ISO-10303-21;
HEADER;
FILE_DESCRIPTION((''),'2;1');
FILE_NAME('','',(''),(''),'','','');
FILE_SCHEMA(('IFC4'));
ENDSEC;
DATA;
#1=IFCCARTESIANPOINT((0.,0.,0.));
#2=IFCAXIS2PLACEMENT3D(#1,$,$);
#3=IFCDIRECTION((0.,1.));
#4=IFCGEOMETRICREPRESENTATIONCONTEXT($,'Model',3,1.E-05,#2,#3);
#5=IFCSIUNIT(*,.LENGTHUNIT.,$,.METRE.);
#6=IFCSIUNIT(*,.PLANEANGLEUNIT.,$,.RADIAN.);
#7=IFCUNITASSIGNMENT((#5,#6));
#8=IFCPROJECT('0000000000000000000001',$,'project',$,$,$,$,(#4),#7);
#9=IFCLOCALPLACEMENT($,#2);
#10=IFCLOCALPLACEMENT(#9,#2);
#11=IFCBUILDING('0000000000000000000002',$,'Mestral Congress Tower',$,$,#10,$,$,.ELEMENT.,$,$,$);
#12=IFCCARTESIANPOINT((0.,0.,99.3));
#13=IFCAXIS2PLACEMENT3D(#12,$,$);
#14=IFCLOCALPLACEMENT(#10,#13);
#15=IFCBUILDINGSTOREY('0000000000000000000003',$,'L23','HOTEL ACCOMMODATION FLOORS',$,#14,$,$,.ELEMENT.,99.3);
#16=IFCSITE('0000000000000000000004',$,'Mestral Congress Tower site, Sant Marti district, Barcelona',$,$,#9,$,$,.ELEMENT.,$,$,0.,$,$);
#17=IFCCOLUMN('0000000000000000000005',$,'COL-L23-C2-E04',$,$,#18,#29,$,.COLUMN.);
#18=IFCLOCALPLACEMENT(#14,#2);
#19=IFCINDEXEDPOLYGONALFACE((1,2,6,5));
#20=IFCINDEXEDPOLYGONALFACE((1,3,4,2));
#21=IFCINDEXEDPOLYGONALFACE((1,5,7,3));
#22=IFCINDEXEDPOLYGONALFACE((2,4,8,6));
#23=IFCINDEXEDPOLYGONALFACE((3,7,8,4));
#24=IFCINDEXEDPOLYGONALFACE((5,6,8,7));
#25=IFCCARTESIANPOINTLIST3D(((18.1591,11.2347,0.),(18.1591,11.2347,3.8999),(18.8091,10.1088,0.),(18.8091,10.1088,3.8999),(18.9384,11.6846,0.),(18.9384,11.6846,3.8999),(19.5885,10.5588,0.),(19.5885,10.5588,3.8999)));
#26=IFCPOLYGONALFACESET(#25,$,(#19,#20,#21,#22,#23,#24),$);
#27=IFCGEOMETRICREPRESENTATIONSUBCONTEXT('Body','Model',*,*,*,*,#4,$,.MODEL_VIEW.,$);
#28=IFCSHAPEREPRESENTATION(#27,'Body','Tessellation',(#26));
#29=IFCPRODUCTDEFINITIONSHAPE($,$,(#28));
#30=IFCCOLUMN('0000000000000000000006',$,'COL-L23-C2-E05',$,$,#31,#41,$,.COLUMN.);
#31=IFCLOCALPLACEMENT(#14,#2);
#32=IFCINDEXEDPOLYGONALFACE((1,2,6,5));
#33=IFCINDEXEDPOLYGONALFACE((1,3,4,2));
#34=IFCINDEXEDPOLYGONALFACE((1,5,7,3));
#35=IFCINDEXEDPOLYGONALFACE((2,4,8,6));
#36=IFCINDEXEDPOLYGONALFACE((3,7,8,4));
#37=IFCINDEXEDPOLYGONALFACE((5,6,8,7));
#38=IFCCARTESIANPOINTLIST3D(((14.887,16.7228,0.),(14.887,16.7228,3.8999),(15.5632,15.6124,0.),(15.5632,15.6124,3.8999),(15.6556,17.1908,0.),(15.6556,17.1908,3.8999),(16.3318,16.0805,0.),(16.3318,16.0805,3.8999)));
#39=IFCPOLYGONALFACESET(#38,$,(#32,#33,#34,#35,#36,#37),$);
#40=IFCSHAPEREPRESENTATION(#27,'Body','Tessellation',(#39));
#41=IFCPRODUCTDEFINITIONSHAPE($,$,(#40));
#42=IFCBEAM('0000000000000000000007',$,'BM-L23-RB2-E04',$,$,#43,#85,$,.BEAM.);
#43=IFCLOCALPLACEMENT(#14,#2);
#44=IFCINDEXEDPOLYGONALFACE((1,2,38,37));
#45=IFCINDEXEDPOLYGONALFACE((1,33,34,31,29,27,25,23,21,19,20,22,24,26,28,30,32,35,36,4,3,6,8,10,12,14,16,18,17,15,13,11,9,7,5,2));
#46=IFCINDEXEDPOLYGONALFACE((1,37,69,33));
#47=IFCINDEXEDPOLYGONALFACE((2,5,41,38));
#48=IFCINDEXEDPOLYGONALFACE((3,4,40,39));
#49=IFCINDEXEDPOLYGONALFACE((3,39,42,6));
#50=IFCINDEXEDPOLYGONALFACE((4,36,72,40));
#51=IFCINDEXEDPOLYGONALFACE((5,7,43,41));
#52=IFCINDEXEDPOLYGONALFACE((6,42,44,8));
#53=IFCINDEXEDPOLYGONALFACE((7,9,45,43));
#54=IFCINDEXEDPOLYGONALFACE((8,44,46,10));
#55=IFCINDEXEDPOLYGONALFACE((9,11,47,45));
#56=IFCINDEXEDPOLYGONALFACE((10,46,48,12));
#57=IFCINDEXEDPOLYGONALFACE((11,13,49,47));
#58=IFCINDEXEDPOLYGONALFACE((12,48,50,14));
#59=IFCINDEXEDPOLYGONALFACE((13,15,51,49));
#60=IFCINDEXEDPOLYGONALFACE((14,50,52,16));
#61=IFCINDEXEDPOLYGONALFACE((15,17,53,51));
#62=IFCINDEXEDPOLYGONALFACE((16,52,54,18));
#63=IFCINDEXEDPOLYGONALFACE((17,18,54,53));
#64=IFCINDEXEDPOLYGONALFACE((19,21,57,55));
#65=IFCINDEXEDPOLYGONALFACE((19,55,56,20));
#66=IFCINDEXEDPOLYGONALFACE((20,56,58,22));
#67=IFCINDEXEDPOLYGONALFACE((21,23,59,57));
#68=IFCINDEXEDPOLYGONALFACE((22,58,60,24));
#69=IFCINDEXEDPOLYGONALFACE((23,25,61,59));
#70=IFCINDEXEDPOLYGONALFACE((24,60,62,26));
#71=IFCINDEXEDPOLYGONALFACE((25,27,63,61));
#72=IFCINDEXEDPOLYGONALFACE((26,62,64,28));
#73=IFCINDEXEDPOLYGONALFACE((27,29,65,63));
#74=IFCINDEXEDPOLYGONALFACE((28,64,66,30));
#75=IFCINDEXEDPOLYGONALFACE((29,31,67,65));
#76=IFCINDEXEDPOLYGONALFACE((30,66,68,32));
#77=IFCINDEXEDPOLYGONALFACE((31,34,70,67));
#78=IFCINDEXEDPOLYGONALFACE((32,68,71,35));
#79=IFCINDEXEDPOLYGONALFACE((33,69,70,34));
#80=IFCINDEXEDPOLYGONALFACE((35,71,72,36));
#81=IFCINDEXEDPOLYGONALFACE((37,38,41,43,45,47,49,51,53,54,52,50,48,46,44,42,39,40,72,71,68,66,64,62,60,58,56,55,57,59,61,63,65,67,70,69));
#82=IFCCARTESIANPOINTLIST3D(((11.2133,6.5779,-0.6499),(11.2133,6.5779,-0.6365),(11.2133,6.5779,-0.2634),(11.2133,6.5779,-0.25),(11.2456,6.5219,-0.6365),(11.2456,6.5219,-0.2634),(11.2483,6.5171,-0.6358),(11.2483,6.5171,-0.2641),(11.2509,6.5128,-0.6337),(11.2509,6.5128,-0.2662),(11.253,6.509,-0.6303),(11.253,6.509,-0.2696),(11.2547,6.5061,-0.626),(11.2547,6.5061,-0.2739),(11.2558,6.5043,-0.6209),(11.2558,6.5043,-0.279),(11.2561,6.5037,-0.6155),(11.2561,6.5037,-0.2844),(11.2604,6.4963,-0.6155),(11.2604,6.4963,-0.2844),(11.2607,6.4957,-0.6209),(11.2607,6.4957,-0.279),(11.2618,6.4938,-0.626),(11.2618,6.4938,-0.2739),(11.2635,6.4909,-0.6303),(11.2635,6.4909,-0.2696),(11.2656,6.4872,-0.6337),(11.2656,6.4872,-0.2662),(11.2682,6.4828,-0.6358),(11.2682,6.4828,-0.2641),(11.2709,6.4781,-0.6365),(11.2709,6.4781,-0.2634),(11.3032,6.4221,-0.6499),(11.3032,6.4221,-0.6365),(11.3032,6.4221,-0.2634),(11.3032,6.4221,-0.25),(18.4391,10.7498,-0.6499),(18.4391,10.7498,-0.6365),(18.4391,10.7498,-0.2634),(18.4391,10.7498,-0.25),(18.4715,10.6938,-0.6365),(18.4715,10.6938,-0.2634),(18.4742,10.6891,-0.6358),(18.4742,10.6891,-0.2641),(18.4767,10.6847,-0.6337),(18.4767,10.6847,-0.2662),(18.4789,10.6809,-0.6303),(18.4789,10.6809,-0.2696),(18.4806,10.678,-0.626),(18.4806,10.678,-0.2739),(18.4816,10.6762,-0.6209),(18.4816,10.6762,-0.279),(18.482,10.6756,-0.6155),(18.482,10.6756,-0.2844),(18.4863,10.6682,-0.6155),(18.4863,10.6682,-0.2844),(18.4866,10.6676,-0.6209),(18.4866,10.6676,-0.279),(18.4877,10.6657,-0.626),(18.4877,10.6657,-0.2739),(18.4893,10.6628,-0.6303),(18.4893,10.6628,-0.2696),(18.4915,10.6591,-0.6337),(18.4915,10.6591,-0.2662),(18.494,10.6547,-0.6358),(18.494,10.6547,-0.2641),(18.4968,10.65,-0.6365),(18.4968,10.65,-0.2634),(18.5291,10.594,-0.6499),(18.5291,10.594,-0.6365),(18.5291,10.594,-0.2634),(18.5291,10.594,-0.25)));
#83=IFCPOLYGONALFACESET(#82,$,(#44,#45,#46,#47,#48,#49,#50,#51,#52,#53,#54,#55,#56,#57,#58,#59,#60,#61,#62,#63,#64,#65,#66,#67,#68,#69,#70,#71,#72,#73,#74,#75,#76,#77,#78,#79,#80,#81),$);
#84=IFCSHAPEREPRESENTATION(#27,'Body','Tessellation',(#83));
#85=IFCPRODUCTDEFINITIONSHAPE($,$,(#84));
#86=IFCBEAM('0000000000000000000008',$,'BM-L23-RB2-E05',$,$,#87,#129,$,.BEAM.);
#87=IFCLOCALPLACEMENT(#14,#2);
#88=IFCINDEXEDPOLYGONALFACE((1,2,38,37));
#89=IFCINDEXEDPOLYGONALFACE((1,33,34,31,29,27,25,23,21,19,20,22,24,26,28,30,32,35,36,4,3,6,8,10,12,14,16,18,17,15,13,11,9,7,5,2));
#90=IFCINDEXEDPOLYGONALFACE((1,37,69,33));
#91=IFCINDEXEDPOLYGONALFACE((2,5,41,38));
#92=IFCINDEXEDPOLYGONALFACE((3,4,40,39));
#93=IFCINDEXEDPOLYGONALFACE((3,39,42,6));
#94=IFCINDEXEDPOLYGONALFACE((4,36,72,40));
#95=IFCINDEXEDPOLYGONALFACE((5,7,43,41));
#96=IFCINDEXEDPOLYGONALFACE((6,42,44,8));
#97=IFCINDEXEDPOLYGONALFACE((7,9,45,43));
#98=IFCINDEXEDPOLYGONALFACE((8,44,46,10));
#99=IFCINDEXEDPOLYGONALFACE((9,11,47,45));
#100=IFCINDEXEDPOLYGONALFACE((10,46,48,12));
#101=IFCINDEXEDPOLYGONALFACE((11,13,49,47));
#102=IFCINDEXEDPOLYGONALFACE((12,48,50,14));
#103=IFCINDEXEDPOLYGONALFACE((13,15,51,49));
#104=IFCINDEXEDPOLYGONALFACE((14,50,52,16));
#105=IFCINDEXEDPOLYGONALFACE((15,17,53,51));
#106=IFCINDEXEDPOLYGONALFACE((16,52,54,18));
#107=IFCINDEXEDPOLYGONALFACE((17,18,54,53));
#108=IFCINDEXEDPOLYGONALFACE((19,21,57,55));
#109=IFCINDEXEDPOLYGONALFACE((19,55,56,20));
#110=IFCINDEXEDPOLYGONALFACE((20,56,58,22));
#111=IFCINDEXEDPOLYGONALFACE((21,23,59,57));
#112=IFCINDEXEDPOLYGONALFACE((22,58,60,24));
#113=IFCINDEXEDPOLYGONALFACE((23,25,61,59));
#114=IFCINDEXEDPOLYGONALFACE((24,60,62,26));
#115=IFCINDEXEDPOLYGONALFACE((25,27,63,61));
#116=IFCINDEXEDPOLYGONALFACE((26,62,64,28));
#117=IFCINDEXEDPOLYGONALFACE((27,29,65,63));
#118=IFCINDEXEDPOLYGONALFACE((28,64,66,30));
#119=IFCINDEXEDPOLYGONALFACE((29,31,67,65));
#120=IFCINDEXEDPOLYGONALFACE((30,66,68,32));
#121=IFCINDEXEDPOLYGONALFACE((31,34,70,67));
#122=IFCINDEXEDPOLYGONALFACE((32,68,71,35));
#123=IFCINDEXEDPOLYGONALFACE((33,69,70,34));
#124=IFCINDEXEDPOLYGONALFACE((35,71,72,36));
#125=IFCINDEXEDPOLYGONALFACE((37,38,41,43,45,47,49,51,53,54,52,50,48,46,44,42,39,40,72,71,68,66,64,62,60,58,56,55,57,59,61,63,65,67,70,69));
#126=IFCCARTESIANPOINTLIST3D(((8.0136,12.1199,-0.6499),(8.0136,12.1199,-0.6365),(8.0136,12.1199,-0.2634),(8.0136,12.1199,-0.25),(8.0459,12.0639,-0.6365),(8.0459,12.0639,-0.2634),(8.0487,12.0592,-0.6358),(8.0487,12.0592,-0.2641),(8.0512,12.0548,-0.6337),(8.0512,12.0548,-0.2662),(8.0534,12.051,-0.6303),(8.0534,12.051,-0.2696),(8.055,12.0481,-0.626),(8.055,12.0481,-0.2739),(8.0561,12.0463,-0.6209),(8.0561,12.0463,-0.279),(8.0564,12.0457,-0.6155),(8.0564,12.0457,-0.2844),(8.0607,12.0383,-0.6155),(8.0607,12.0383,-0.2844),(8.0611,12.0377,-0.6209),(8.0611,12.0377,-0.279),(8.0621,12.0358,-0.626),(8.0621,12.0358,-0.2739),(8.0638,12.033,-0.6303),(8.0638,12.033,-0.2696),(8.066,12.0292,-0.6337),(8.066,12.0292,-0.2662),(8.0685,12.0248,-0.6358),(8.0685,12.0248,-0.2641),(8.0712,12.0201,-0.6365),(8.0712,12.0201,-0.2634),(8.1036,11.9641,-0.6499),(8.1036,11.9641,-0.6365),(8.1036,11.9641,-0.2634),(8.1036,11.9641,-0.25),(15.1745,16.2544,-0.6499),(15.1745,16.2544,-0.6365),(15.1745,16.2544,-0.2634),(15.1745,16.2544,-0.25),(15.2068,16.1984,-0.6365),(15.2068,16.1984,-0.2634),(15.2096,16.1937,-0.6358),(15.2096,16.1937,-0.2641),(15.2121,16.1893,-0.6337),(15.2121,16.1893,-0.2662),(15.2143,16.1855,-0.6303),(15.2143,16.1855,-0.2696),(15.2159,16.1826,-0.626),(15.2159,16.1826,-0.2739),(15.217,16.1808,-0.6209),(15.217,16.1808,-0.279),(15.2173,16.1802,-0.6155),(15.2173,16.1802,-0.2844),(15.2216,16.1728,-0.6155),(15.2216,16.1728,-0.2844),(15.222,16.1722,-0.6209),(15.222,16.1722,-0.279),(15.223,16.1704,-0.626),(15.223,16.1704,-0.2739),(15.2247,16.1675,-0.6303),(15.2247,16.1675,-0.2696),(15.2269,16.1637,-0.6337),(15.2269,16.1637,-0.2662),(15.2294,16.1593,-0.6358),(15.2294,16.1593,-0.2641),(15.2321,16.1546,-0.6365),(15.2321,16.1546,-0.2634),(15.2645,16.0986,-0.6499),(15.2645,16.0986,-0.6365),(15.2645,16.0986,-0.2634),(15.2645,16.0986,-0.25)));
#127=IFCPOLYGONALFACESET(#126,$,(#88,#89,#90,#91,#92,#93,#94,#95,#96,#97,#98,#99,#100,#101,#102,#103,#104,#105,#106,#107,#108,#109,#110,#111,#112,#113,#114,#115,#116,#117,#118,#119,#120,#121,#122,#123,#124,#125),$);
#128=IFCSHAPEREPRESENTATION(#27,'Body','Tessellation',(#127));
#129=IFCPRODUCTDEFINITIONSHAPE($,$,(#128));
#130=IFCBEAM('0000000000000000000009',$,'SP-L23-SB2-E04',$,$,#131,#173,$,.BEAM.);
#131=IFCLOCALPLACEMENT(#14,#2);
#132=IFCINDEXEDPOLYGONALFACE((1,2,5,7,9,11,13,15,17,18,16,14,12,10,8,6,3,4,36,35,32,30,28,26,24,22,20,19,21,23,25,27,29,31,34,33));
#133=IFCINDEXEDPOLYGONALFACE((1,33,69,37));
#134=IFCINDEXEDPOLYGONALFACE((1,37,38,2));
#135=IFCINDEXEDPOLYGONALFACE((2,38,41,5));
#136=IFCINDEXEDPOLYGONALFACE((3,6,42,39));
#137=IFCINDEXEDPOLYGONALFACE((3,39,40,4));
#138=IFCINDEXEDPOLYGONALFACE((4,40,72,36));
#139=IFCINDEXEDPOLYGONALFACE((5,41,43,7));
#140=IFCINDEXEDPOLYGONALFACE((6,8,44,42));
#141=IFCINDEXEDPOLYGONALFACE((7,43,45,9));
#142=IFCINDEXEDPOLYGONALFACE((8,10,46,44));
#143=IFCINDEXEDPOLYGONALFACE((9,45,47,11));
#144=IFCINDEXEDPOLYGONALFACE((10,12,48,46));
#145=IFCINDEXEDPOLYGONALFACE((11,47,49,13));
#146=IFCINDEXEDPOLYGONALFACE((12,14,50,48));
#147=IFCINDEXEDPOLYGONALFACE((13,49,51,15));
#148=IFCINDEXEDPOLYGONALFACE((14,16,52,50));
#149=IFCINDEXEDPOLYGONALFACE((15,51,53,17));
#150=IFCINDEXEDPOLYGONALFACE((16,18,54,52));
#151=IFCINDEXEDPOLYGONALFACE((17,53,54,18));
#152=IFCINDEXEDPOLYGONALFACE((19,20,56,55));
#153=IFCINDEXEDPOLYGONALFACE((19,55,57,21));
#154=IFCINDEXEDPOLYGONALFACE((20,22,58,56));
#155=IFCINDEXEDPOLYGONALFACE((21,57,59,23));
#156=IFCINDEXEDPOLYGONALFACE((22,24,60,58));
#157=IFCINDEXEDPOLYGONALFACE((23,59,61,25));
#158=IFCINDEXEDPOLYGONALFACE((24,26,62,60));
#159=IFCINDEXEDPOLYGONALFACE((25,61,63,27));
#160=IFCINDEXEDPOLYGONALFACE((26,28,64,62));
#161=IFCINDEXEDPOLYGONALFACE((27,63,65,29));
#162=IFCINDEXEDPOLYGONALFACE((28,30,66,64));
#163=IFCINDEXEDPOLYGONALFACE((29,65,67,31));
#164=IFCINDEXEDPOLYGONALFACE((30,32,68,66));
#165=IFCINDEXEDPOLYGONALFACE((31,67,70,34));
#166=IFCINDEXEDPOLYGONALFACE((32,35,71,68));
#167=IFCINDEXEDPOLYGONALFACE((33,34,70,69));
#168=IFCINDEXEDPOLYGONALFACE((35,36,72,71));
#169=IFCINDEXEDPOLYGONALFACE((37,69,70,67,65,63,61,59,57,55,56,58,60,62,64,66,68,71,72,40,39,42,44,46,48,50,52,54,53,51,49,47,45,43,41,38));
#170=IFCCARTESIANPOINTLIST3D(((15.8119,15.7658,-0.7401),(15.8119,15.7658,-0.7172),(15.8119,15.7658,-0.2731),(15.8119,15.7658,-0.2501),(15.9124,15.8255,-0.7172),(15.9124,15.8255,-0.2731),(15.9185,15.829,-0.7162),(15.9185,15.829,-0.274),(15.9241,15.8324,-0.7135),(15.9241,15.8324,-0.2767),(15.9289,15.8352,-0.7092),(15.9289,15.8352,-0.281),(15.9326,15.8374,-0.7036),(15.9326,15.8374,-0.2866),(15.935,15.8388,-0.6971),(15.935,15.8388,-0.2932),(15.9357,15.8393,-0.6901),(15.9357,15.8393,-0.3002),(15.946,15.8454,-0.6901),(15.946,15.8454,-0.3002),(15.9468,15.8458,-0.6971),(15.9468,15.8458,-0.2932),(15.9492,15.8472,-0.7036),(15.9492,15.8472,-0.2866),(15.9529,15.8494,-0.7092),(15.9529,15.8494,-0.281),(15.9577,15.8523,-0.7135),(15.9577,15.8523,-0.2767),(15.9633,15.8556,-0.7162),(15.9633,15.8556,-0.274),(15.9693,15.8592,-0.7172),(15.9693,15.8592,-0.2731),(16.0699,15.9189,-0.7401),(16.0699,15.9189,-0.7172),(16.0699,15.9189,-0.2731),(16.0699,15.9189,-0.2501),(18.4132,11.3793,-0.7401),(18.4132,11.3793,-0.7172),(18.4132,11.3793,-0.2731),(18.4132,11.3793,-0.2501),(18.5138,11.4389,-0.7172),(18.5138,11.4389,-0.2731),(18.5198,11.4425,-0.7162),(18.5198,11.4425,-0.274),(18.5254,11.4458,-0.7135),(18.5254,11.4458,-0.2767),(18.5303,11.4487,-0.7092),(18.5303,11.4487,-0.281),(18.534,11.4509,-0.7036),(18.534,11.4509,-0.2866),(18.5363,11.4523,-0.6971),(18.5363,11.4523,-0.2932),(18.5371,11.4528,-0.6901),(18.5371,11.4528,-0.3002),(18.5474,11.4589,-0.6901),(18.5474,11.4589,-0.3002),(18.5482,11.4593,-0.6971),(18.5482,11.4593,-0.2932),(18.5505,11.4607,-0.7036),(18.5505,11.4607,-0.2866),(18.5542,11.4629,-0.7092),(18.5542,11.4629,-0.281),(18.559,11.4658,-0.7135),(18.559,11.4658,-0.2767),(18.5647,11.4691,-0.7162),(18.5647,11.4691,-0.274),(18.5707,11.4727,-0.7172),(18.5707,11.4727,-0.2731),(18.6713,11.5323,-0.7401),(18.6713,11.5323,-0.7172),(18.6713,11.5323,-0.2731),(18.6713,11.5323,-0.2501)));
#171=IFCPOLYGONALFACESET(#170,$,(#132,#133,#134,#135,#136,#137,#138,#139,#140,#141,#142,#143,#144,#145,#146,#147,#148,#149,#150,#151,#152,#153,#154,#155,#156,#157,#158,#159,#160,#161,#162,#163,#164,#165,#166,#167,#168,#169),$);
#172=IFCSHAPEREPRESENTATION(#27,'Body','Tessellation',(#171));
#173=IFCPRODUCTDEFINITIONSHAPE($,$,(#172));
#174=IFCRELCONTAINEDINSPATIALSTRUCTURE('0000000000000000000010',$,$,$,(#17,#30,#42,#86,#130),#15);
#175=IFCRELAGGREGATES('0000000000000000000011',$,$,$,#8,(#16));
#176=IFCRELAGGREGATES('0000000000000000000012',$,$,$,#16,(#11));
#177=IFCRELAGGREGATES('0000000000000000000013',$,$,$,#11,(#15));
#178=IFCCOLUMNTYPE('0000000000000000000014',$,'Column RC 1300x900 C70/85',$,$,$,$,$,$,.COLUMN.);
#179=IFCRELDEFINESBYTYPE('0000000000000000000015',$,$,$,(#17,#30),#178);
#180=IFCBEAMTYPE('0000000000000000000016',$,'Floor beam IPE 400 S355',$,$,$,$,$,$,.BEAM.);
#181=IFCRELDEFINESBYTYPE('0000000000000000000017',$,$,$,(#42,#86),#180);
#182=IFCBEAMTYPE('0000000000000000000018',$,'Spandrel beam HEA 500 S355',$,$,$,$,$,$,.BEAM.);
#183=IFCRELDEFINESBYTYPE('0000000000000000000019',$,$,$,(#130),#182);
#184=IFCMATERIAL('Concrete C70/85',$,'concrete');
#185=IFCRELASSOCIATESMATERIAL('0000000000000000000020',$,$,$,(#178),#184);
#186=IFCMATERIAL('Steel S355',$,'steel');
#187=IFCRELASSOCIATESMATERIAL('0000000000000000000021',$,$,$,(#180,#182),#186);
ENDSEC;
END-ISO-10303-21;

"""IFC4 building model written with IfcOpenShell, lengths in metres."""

from ifc_helpers import new_model, si_unit, direction, frame, origin, origin_2d, place, context, subcontext, project, spatial, rectangle, i_section, extrude, material, material_profile, profile_set, type_object, element, save


model = new_model("IFC4")

# Units and contexts
model_context = context("Model", 3, precision=1e-05, world=origin(), true_north=direction((0.0, 1.0)))
body_context = subcontext(model_context, "Body", "Model", "MODEL_VIEW")
ifc_project = project(units=[si_unit("LENGTHUNIT", "METRE"), si_unit("PLANEANGLEUNIT", "RADIAN")], contexts=[model_context])

# Site, building, storey
site_placement = place(None, origin())
site = spatial("IfcSite", under=ifc_project, at=site_placement, Name="Mestral Congress Tower site, Sant Marti district, Barcelona", CompositionType="ELEMENT", RefElevation=0.0)
building_placement = place(site_placement, origin())
building = spatial("IfcBuilding", under=site, at=building_placement, Name="Mestral Congress Tower", CompositionType="ELEMENT")
storey_placement = place(building_placement, frame((0.0, 0.0, 99.3)))
storey = spatial("IfcBuildingStorey", under=building, at=storey_placement, Name="L23", Description="HOTEL ACCOMMODATION FLOORS", CompositionType="ELEMENT", Elevation=99.3)

# Columns
ifc_material_1 = material(Name="Concrete C70/85", Category="concrete")
ifc_material_profile_1 = material_profile(ifc_material_1, rectangle(XDim=1.3, YDim=0.8999, at=origin_2d()), Name="RC 1300x900")
ifc_profile_set_1 = profile_set([ifc_material_profile_1], Name="Concrete C70/85")
column_type = type_object("IfcColumnType", Name="Column RC 1300x900 C70/85", PredefinedType="COLUMN", material=ifc_profile_set_1)
for number, where, z_axis, x_axis, name in (
    (1, (18.8738, 10.8967, 0.0), (0.0, 0.0, 1.0), (-0.5, 0.866025, 0.0), "COL-L23-C2-E04"),
    (2, (15.6094, 16.4016, 0.0), (0.0, 0.0, 1.0), (-0.520114, 0.854097, 0.0), "COL-L23-C2-E05"),
):
    element("IfcColumn", number, at=place(storey_placement, frame(where, z_axis=z_axis, x_axis=x_axis)), inside=storey, type_object=column_type, Name=name, PredefinedType="COLUMN", context=body_context, shape_type="SweptSolid", body=[
        extrude(rectangle(XDim=1.3, YDim=0.8999, at=origin_2d()), origin(), (0.0, 0.0, 1.0), 3.8999),
    ])

# Beams
ifc_material_2 = material(Name="Steel S355", Category="steel")
ifc_material_profile_2 = material_profile(ifc_material_2, i_section(OverallWidth=0.1799, OverallDepth=0.3999, WebThickness=0.0085, FlangeThickness=0.0134, FilletRadius=0.021, at=origin_2d()), Name="IPE 400")
ifc_profile_set_2 = profile_set([ifc_material_profile_2], Name="Steel S355")
beam_type_1 = type_object("IfcBeamType", Name="Floor beam IPE 400 S355", PredefinedType="BEAM", material=ifc_profile_set_2)
beam_1_placement = place(storey_placement, frame((18.4841, 10.6719, -0.45), z_axis=(-0.866023, -0.500004, 0.0), x_axis=(0.500004, -0.866023, 0.0)))
element("IfcBeam", 3, at=beam_1_placement, inside=storey, type_object=beam_type_1, Name="BM-L23-RB2-E04", PredefinedType="BEAM", context=body_context, shape_type="SweptSolid", body=[
    extrude(i_section(OverallWidth=0.1799, OverallDepth=0.3999, WebThickness=0.0085, FlangeThickness=0.0134, FilletRadius=0.021, at=origin_2d()), origin(), (0.0, 0.0, 1.0), 8.3438),
])
beam_2_placement = place(storey_placement, frame((15.2195, 16.1765, -0.45), z_axis=(-0.866016, -0.500016, 0.0), x_axis=(0.500016, -0.866016, 0.0)))
element("IfcBeam", 4, at=beam_2_placement, inside=storey, type_object=beam_type_1, Name="BM-L23-RB2-E05", PredefinedType="BEAM", context=body_context, shape_type="SweptSolid", body=[
    extrude(i_section(OverallWidth=0.1799, OverallDepth=0.3999, WebThickness=0.0085, FlangeThickness=0.0134, FilletRadius=0.021, at=origin_2d()), origin(), (0.0, 0.0, 1.0), 8.2688),
])
ifc_material_profile_3 = material_profile(ifc_material_2, i_section(OverallWidth=0.3, OverallDepth=0.49, WebThickness=0.012, FlangeThickness=0.0229, FilletRadius=0.0271, at=origin_2d()), Name="HEA 500")
ifc_profile_set_3 = profile_set([ifc_material_profile_3], Name="Steel S355")
beam_type_2 = type_object("IfcBeamType", Name="Spandrel beam HEA 500 S355", PredefinedType="BEAM", material=ifc_profile_set_3)
for number, where, z_axis, x_axis, name in (
    (5, (18.5422, 11.4558, -0.4951), (-0.510082, 0.860126, 0.0), (-0.860126, -0.510082, 0.0), "SP-L23-SB2-E04"),
):
    element("IfcBeam", number, at=place(storey_placement, frame(where, z_axis=z_axis, x_axis=x_axis)), inside=storey, type_object=beam_type_2, Name=name, PredefinedType="BEAM", context=body_context, shape_type="SweptSolid", body=[
        extrude(i_section(OverallWidth=0.3, OverallDepth=0.49, WebThickness=0.012, FlangeThickness=0.0229, FilletRadius=0.0271, at=origin_2d()), origin(), (0.0, 0.0, 1.0), 5.0999),
    ])

save(model, "model.ifc")
